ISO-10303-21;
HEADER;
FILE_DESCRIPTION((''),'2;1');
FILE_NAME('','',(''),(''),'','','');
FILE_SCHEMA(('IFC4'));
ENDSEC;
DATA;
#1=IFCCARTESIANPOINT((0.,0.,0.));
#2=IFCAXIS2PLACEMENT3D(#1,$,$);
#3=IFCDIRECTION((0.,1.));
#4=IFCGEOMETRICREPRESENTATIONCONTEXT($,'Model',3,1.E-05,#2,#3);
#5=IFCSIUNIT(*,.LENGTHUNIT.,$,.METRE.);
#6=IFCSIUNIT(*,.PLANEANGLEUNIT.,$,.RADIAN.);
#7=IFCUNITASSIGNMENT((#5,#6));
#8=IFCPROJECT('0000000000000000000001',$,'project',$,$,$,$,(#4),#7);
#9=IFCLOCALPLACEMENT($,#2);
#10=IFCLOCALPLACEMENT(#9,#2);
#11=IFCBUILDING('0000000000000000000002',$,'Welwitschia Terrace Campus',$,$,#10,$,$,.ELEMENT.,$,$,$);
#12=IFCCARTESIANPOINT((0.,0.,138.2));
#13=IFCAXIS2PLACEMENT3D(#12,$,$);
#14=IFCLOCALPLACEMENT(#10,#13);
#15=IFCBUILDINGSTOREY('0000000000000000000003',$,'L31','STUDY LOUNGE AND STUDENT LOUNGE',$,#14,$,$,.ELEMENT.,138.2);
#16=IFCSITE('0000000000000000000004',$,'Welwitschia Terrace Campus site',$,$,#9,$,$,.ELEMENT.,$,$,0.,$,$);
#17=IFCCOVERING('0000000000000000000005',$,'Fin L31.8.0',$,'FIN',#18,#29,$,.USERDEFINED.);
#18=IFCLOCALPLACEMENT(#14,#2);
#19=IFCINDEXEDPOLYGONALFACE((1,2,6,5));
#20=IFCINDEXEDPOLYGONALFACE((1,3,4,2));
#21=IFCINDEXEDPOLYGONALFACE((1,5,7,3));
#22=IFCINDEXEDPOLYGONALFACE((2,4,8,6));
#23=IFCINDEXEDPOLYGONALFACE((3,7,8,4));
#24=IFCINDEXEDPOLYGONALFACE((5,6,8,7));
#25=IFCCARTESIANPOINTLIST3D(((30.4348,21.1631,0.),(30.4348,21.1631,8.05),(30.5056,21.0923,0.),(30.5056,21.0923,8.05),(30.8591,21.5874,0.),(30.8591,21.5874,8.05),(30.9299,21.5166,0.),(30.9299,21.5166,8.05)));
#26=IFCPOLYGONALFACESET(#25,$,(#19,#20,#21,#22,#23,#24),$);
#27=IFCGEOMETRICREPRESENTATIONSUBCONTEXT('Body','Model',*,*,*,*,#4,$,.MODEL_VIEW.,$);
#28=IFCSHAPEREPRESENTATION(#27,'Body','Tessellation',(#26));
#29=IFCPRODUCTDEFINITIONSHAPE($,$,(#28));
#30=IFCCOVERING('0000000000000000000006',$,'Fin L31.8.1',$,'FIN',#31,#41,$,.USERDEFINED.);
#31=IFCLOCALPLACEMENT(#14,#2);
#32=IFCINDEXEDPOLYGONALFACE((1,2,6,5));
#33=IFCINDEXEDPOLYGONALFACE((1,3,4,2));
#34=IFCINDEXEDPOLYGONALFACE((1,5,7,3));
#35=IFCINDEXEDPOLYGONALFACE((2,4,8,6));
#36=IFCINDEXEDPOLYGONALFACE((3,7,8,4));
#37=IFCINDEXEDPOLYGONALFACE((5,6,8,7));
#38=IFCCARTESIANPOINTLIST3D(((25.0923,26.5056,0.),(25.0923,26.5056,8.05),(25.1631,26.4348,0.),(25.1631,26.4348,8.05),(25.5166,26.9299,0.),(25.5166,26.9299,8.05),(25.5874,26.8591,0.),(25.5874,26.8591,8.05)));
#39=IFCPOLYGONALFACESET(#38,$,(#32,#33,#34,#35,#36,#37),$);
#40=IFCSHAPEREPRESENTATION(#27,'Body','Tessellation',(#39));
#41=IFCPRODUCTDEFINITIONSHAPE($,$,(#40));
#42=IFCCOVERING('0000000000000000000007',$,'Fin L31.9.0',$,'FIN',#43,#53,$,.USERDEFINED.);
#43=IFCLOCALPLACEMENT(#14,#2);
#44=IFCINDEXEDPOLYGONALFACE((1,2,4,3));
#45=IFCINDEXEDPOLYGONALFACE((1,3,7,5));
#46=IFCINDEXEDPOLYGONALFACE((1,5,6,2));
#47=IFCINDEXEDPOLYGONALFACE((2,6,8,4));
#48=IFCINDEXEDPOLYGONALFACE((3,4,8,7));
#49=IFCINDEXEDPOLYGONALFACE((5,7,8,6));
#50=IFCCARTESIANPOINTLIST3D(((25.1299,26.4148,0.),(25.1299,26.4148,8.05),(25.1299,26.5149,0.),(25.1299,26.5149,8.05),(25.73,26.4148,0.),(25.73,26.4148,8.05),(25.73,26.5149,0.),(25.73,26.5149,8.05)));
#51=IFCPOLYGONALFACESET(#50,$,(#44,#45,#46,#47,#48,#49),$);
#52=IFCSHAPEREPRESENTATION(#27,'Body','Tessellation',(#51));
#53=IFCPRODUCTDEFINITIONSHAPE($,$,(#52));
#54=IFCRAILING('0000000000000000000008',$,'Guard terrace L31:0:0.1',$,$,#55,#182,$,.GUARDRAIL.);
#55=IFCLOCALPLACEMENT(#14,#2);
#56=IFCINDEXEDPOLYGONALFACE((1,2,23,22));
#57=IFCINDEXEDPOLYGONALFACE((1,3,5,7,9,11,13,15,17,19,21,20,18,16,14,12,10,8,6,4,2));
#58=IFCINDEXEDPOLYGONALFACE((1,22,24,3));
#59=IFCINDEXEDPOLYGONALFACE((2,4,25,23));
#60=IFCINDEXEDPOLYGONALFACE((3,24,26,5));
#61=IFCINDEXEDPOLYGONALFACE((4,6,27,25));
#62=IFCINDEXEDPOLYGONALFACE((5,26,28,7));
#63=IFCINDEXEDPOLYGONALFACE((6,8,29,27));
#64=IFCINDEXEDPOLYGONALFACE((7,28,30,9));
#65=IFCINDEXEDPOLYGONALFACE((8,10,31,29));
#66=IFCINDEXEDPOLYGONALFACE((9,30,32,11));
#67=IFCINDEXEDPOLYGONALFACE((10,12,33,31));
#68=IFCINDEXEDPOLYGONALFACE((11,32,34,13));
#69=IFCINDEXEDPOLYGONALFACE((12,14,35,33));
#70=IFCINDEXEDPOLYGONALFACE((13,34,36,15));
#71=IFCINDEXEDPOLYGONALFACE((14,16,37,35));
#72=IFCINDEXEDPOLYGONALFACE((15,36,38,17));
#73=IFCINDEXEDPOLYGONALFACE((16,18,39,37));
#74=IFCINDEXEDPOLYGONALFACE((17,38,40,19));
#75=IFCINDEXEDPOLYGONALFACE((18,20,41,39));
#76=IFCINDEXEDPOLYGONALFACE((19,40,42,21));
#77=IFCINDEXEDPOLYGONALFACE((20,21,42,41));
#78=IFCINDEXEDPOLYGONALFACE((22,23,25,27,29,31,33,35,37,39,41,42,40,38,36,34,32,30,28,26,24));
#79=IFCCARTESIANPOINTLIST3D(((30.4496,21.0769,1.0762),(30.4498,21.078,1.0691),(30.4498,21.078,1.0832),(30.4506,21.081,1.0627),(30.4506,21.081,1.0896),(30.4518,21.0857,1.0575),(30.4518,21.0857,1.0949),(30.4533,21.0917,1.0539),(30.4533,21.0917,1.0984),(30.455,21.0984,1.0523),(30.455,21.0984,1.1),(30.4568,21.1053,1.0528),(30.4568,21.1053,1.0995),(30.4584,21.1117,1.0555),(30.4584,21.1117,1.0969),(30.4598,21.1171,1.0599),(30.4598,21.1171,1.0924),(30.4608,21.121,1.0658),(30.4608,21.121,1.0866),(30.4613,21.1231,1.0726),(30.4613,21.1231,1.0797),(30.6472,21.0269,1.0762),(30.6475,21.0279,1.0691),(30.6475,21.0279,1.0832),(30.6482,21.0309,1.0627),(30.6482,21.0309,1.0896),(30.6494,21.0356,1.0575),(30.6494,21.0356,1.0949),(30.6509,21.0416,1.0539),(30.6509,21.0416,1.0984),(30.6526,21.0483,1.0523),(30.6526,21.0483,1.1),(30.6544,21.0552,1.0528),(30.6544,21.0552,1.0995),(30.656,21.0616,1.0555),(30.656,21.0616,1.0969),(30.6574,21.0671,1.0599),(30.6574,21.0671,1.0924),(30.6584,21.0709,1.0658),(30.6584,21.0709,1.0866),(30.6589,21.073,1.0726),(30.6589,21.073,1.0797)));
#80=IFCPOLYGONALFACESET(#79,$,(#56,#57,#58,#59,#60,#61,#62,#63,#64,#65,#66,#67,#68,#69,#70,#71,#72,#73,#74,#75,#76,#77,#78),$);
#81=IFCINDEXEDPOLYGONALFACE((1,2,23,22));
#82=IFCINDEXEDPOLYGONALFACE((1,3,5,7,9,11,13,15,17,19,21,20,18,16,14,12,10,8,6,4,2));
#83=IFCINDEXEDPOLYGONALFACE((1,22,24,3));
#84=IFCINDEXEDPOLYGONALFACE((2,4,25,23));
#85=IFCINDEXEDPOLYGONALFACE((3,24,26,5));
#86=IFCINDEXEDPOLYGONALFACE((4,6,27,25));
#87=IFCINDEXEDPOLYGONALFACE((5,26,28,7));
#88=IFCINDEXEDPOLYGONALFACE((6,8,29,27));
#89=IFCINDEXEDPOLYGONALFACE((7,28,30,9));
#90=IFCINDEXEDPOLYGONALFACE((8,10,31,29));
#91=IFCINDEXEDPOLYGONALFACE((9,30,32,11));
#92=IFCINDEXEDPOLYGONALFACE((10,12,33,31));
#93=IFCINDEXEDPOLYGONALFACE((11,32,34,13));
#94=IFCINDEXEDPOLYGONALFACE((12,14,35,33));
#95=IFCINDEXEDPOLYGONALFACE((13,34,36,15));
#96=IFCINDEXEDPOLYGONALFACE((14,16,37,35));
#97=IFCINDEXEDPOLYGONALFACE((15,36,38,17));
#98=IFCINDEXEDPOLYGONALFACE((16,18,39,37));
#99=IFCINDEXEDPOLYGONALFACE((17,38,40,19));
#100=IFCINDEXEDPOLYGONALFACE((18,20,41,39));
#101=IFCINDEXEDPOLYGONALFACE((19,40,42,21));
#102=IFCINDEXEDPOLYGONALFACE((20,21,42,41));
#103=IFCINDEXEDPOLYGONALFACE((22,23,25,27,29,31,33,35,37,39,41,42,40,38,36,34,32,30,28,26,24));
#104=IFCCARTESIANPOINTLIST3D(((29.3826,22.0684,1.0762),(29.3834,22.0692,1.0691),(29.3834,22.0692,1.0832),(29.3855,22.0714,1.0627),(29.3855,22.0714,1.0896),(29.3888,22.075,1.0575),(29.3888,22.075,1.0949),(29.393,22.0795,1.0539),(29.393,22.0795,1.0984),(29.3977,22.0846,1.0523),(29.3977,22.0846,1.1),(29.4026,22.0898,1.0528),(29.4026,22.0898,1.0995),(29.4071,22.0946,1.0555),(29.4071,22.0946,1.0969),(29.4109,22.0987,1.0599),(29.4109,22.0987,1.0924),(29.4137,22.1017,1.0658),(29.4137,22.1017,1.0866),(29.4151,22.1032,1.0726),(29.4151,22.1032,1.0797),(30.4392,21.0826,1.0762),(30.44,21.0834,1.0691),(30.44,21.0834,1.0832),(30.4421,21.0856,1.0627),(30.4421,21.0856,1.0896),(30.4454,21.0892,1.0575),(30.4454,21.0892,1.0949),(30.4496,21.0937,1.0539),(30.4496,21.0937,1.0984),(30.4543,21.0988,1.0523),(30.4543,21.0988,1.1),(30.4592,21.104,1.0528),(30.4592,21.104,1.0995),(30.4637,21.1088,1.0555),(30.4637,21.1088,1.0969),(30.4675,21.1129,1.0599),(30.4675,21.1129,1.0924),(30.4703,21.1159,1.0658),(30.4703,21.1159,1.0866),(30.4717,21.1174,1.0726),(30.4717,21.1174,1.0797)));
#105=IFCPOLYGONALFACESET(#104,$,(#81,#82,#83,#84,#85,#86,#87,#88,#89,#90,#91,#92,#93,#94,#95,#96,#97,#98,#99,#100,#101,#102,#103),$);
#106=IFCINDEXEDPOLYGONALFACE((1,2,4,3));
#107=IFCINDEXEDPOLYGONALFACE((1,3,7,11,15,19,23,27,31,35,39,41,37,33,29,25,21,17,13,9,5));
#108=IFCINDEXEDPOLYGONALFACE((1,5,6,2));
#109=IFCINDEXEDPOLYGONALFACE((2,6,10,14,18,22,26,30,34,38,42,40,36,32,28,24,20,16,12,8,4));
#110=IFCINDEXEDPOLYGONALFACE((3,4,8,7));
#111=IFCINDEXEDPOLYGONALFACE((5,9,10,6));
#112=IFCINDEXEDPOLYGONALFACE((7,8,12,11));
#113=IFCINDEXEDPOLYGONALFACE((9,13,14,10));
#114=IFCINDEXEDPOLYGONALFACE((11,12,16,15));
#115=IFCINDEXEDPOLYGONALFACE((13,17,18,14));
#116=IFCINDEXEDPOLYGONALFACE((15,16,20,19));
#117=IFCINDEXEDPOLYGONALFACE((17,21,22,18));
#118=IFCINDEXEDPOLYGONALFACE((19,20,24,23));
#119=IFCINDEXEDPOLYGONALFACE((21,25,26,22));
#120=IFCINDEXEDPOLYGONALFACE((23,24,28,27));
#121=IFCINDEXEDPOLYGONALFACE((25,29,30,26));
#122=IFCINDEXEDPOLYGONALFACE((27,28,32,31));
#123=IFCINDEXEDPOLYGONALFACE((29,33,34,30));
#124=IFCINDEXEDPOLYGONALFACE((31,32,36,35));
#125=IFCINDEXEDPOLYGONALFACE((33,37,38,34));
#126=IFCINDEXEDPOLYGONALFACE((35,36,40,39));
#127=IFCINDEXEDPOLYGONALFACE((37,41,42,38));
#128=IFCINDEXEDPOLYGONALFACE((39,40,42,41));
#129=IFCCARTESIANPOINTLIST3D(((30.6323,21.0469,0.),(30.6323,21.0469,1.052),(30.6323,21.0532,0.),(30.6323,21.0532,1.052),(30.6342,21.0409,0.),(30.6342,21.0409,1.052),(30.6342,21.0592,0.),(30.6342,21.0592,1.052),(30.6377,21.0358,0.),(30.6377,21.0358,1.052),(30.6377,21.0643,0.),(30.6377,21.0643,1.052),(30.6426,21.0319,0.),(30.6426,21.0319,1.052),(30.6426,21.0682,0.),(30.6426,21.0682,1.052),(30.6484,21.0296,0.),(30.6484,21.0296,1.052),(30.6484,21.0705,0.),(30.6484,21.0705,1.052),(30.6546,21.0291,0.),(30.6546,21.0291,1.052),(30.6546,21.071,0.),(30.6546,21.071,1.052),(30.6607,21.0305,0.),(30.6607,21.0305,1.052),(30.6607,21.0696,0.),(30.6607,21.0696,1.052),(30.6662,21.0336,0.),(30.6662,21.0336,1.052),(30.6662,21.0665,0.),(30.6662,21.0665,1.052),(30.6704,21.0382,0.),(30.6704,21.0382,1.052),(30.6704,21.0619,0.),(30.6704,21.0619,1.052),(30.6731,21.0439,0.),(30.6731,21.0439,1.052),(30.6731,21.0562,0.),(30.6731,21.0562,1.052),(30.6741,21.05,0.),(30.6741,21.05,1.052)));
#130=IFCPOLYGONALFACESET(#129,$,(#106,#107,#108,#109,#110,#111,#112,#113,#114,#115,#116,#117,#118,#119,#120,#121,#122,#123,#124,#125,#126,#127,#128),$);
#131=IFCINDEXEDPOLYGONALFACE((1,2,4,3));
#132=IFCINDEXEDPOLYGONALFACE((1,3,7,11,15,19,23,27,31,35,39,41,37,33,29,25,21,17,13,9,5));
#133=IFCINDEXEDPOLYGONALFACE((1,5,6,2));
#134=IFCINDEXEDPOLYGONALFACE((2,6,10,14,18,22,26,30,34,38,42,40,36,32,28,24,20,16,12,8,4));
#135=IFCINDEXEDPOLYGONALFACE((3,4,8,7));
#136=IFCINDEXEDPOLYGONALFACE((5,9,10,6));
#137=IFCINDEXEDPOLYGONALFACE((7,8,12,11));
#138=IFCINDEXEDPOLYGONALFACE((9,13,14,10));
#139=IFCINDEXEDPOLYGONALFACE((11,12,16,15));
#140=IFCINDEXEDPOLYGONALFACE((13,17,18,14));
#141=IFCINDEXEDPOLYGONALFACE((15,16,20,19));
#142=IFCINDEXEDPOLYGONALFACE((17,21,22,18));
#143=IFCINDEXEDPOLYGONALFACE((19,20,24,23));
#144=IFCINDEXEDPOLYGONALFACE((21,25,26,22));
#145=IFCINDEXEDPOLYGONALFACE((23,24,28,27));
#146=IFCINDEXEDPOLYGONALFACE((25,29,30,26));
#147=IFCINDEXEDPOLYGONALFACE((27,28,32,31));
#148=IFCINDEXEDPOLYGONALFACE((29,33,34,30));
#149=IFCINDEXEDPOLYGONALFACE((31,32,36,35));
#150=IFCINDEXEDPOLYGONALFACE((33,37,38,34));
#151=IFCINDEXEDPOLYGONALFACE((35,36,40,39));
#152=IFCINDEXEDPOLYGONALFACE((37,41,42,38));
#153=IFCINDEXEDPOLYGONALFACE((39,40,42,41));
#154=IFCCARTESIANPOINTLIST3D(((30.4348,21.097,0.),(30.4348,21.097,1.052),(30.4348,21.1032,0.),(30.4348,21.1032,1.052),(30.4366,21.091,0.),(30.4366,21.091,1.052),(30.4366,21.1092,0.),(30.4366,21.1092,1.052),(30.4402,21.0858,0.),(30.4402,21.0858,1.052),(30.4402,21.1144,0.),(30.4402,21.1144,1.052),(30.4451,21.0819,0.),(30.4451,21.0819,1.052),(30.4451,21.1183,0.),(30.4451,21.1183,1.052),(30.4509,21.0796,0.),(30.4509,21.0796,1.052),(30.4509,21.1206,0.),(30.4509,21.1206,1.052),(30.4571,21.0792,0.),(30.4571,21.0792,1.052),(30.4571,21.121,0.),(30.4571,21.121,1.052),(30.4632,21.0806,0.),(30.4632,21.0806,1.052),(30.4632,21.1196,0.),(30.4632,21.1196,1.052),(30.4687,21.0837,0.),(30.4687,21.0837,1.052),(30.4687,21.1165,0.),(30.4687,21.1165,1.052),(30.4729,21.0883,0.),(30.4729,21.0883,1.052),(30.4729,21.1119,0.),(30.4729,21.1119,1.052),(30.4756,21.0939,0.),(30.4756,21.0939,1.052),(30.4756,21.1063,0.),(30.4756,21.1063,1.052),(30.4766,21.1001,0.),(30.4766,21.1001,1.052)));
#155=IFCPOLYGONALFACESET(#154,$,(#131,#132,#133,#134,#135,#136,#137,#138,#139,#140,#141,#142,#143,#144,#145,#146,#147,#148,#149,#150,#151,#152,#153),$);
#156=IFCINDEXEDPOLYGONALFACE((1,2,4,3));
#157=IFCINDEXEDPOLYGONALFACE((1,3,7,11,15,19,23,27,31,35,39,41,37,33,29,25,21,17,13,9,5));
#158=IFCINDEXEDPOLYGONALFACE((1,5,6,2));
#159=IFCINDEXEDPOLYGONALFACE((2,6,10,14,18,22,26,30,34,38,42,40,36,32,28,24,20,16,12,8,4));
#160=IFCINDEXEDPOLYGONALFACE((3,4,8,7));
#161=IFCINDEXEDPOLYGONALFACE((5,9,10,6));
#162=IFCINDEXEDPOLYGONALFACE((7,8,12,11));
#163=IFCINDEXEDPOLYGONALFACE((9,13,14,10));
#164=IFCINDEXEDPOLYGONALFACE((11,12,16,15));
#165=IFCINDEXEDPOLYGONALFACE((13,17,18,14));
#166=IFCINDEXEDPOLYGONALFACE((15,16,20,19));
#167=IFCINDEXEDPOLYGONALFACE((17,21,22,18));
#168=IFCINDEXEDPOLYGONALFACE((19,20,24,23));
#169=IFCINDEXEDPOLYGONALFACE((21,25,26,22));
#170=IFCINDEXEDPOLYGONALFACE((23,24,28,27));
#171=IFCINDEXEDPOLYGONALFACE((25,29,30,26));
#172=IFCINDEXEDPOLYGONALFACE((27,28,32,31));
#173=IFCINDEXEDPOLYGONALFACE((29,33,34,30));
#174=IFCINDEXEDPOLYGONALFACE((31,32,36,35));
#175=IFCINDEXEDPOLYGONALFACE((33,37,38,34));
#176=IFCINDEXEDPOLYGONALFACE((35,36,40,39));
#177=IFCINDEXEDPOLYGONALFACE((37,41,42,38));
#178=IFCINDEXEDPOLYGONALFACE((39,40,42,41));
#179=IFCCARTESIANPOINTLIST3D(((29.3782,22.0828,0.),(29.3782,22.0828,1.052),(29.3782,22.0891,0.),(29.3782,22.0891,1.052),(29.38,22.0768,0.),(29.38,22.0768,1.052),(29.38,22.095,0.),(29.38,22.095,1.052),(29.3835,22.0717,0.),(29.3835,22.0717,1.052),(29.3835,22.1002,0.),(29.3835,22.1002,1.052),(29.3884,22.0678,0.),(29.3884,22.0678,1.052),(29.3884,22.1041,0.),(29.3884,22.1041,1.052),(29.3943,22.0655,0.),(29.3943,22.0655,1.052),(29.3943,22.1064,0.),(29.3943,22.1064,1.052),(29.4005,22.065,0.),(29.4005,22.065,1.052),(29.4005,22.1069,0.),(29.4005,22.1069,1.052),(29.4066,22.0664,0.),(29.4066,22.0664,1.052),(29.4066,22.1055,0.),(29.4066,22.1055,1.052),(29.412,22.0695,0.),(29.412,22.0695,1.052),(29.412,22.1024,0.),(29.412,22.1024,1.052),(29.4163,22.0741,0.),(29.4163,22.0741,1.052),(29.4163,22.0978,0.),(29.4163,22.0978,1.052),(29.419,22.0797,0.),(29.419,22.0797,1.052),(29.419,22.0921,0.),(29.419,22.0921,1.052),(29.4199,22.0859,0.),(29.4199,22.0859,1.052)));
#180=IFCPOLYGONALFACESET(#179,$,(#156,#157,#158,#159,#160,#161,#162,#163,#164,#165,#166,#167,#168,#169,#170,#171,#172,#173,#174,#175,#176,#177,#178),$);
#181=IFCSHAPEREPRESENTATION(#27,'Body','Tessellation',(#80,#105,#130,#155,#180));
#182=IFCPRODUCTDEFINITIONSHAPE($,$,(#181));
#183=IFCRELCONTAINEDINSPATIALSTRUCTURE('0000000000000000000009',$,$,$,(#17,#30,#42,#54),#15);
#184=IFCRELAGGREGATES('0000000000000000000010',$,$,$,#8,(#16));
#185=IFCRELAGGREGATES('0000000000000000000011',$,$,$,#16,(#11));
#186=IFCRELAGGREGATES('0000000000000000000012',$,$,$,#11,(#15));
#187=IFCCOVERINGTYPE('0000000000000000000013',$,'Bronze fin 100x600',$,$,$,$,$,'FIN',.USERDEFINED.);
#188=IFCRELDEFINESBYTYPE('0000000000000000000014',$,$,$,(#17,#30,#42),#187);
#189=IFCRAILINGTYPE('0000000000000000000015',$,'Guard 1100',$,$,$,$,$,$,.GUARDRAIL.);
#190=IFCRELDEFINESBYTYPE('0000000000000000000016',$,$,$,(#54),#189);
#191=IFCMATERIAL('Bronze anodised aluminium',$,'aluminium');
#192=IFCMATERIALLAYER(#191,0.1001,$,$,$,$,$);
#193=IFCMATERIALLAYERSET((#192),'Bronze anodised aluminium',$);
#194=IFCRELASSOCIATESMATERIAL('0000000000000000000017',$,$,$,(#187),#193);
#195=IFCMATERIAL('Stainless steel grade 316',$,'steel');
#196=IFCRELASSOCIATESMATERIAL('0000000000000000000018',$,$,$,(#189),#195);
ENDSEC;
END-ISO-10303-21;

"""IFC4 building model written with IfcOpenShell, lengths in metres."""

from ifc_helpers import new_model, si_unit, direction, frame, origin, origin_2d, place, context, subcontext, project, spatial, rectangle, circle, extrude, material, layer, layer_set, type_object, element, save


model = new_model("IFC4")

# Units and contexts
model_context = context("Model", 3, precision=1e-05, world=origin(), true_north=direction((0.0, 1.0)))
body_context = subcontext(model_context, "Body", "Model", "MODEL_VIEW")
ifc_project = project(units=[si_unit("LENGTHUNIT", "METRE"), si_unit("PLANEANGLEUNIT", "RADIAN")], contexts=[model_context])

# Site, building, storey
site_placement = place(None, origin())
site = spatial("IfcSite", under=ifc_project, at=site_placement, Name="Welwitschia Terrace Campus site", CompositionType="ELEMENT", RefElevation=0.0)
building_placement = place(site_placement, origin())
building = spatial("IfcBuilding", under=site, at=building_placement, Name="Welwitschia Terrace Campus", CompositionType="ELEMENT")
storey_placement = place(building_placement, frame((0.0, 0.0, 138.2)))
storey = spatial("IfcBuildingStorey", under=building, at=storey_placement, Name="L31", Description="STUDY LOUNGE AND STUDENT LOUNGE", CompositionType="ELEMENT", Elevation=138.2)

# Coverings
ifc_material_1 = material(Name="Bronze anodised aluminium", Category="aluminium")
ifc_layer_1 = layer(ifc_material_1, 0.1001)
ifc_layer_set_1 = layer_set([ifc_layer_1], Name="Bronze anodised aluminium")
covering_type = type_object("IfcCoveringType", Name="Bronze fin 100x600", ElementType="FIN", PredefinedType="USERDEFINED", material=ifc_layer_set_1)
for number, where, z_axis, x_axis, name in (
    (1, (30.6824, 21.3398, 0.0), (0.0, 0.0, 1.0), (-0.707107, 0.707107, 0.0), "Fin L31.8.0"),
    (2, (25.3398, 26.6824, 0.0), (0.0, 0.0, 1.0), (-0.707107, 0.707107, 0.0), "Fin L31.8.1"),
    (3, (25.4299, 26.4648, 0.0), (0.0, 0.0, 1.0), (0.0, 1.0, 0.0), "Fin L31.9.0"),
):
    element("IfcCovering", number, at=place(storey_placement, frame(where, z_axis=z_axis, x_axis=x_axis)), inside=storey, type_object=covering_type, Name=name, ObjectType="FIN", PredefinedType="USERDEFINED", context=body_context, shape_type="SweptSolid", body=[
        extrude(rectangle(XDim=0.1001, YDim=0.6001, at=origin_2d()), origin(), (0.0, 0.0, 1.0), 8.05),
    ])

# Railing
ifc_material_2 = material(Name="Stainless steel grade 316", Category="steel")
railing_type = type_object("IfcRailingType", Name="Guard 1100", PredefinedType="GUARDRAIL", material=ifc_material_2)
railing_placement = place(storey_placement, frame((30.6531, 21.05, 0.0)))
element("IfcRailing", 4, at=railing_placement, inside=storey, type_object=railing_type, Name="Guard terrace L31:0:0.1", PredefinedType="GUARDRAIL", context=body_context, shape_type="SweptSolid", body=[
    extrude(circle(Radius=0.0239, at=origin_2d()), frame((0.0, 0.0, 1.0762), z_axis=(-0.969362, 0.245636, 0.0), x_axis=(-0.245636, -0.969362, 0.0)), (0.0, 0.0, 1.0), 0.2039),
    extrude(circle(Radius=0.0239, at=origin_2d()), frame((-0.1975, 0.05, 1.0762), z_axis=(-0.731179, 0.682186, 0.0), x_axis=(-0.682186, -0.731179, 0.0)), (0.0, 0.0, 1.0), 1.4451),
    extrude(circle(Radius=0.021, at=origin_2d()), origin(), (0.0, 0.0, 1.0), 1.052),
    extrude(circle(Radius=0.021, at=origin_2d()), frame((-0.1975, 0.05, 0.0)), (0.0, 0.0, 1.0), 1.052),
    extrude(circle(Radius=0.021, at=origin_2d()), frame((-1.2542, 1.0359, 0.0)), (0.0, 0.0, 1.0), 1.052),
])

save(model, "model.ifc")
